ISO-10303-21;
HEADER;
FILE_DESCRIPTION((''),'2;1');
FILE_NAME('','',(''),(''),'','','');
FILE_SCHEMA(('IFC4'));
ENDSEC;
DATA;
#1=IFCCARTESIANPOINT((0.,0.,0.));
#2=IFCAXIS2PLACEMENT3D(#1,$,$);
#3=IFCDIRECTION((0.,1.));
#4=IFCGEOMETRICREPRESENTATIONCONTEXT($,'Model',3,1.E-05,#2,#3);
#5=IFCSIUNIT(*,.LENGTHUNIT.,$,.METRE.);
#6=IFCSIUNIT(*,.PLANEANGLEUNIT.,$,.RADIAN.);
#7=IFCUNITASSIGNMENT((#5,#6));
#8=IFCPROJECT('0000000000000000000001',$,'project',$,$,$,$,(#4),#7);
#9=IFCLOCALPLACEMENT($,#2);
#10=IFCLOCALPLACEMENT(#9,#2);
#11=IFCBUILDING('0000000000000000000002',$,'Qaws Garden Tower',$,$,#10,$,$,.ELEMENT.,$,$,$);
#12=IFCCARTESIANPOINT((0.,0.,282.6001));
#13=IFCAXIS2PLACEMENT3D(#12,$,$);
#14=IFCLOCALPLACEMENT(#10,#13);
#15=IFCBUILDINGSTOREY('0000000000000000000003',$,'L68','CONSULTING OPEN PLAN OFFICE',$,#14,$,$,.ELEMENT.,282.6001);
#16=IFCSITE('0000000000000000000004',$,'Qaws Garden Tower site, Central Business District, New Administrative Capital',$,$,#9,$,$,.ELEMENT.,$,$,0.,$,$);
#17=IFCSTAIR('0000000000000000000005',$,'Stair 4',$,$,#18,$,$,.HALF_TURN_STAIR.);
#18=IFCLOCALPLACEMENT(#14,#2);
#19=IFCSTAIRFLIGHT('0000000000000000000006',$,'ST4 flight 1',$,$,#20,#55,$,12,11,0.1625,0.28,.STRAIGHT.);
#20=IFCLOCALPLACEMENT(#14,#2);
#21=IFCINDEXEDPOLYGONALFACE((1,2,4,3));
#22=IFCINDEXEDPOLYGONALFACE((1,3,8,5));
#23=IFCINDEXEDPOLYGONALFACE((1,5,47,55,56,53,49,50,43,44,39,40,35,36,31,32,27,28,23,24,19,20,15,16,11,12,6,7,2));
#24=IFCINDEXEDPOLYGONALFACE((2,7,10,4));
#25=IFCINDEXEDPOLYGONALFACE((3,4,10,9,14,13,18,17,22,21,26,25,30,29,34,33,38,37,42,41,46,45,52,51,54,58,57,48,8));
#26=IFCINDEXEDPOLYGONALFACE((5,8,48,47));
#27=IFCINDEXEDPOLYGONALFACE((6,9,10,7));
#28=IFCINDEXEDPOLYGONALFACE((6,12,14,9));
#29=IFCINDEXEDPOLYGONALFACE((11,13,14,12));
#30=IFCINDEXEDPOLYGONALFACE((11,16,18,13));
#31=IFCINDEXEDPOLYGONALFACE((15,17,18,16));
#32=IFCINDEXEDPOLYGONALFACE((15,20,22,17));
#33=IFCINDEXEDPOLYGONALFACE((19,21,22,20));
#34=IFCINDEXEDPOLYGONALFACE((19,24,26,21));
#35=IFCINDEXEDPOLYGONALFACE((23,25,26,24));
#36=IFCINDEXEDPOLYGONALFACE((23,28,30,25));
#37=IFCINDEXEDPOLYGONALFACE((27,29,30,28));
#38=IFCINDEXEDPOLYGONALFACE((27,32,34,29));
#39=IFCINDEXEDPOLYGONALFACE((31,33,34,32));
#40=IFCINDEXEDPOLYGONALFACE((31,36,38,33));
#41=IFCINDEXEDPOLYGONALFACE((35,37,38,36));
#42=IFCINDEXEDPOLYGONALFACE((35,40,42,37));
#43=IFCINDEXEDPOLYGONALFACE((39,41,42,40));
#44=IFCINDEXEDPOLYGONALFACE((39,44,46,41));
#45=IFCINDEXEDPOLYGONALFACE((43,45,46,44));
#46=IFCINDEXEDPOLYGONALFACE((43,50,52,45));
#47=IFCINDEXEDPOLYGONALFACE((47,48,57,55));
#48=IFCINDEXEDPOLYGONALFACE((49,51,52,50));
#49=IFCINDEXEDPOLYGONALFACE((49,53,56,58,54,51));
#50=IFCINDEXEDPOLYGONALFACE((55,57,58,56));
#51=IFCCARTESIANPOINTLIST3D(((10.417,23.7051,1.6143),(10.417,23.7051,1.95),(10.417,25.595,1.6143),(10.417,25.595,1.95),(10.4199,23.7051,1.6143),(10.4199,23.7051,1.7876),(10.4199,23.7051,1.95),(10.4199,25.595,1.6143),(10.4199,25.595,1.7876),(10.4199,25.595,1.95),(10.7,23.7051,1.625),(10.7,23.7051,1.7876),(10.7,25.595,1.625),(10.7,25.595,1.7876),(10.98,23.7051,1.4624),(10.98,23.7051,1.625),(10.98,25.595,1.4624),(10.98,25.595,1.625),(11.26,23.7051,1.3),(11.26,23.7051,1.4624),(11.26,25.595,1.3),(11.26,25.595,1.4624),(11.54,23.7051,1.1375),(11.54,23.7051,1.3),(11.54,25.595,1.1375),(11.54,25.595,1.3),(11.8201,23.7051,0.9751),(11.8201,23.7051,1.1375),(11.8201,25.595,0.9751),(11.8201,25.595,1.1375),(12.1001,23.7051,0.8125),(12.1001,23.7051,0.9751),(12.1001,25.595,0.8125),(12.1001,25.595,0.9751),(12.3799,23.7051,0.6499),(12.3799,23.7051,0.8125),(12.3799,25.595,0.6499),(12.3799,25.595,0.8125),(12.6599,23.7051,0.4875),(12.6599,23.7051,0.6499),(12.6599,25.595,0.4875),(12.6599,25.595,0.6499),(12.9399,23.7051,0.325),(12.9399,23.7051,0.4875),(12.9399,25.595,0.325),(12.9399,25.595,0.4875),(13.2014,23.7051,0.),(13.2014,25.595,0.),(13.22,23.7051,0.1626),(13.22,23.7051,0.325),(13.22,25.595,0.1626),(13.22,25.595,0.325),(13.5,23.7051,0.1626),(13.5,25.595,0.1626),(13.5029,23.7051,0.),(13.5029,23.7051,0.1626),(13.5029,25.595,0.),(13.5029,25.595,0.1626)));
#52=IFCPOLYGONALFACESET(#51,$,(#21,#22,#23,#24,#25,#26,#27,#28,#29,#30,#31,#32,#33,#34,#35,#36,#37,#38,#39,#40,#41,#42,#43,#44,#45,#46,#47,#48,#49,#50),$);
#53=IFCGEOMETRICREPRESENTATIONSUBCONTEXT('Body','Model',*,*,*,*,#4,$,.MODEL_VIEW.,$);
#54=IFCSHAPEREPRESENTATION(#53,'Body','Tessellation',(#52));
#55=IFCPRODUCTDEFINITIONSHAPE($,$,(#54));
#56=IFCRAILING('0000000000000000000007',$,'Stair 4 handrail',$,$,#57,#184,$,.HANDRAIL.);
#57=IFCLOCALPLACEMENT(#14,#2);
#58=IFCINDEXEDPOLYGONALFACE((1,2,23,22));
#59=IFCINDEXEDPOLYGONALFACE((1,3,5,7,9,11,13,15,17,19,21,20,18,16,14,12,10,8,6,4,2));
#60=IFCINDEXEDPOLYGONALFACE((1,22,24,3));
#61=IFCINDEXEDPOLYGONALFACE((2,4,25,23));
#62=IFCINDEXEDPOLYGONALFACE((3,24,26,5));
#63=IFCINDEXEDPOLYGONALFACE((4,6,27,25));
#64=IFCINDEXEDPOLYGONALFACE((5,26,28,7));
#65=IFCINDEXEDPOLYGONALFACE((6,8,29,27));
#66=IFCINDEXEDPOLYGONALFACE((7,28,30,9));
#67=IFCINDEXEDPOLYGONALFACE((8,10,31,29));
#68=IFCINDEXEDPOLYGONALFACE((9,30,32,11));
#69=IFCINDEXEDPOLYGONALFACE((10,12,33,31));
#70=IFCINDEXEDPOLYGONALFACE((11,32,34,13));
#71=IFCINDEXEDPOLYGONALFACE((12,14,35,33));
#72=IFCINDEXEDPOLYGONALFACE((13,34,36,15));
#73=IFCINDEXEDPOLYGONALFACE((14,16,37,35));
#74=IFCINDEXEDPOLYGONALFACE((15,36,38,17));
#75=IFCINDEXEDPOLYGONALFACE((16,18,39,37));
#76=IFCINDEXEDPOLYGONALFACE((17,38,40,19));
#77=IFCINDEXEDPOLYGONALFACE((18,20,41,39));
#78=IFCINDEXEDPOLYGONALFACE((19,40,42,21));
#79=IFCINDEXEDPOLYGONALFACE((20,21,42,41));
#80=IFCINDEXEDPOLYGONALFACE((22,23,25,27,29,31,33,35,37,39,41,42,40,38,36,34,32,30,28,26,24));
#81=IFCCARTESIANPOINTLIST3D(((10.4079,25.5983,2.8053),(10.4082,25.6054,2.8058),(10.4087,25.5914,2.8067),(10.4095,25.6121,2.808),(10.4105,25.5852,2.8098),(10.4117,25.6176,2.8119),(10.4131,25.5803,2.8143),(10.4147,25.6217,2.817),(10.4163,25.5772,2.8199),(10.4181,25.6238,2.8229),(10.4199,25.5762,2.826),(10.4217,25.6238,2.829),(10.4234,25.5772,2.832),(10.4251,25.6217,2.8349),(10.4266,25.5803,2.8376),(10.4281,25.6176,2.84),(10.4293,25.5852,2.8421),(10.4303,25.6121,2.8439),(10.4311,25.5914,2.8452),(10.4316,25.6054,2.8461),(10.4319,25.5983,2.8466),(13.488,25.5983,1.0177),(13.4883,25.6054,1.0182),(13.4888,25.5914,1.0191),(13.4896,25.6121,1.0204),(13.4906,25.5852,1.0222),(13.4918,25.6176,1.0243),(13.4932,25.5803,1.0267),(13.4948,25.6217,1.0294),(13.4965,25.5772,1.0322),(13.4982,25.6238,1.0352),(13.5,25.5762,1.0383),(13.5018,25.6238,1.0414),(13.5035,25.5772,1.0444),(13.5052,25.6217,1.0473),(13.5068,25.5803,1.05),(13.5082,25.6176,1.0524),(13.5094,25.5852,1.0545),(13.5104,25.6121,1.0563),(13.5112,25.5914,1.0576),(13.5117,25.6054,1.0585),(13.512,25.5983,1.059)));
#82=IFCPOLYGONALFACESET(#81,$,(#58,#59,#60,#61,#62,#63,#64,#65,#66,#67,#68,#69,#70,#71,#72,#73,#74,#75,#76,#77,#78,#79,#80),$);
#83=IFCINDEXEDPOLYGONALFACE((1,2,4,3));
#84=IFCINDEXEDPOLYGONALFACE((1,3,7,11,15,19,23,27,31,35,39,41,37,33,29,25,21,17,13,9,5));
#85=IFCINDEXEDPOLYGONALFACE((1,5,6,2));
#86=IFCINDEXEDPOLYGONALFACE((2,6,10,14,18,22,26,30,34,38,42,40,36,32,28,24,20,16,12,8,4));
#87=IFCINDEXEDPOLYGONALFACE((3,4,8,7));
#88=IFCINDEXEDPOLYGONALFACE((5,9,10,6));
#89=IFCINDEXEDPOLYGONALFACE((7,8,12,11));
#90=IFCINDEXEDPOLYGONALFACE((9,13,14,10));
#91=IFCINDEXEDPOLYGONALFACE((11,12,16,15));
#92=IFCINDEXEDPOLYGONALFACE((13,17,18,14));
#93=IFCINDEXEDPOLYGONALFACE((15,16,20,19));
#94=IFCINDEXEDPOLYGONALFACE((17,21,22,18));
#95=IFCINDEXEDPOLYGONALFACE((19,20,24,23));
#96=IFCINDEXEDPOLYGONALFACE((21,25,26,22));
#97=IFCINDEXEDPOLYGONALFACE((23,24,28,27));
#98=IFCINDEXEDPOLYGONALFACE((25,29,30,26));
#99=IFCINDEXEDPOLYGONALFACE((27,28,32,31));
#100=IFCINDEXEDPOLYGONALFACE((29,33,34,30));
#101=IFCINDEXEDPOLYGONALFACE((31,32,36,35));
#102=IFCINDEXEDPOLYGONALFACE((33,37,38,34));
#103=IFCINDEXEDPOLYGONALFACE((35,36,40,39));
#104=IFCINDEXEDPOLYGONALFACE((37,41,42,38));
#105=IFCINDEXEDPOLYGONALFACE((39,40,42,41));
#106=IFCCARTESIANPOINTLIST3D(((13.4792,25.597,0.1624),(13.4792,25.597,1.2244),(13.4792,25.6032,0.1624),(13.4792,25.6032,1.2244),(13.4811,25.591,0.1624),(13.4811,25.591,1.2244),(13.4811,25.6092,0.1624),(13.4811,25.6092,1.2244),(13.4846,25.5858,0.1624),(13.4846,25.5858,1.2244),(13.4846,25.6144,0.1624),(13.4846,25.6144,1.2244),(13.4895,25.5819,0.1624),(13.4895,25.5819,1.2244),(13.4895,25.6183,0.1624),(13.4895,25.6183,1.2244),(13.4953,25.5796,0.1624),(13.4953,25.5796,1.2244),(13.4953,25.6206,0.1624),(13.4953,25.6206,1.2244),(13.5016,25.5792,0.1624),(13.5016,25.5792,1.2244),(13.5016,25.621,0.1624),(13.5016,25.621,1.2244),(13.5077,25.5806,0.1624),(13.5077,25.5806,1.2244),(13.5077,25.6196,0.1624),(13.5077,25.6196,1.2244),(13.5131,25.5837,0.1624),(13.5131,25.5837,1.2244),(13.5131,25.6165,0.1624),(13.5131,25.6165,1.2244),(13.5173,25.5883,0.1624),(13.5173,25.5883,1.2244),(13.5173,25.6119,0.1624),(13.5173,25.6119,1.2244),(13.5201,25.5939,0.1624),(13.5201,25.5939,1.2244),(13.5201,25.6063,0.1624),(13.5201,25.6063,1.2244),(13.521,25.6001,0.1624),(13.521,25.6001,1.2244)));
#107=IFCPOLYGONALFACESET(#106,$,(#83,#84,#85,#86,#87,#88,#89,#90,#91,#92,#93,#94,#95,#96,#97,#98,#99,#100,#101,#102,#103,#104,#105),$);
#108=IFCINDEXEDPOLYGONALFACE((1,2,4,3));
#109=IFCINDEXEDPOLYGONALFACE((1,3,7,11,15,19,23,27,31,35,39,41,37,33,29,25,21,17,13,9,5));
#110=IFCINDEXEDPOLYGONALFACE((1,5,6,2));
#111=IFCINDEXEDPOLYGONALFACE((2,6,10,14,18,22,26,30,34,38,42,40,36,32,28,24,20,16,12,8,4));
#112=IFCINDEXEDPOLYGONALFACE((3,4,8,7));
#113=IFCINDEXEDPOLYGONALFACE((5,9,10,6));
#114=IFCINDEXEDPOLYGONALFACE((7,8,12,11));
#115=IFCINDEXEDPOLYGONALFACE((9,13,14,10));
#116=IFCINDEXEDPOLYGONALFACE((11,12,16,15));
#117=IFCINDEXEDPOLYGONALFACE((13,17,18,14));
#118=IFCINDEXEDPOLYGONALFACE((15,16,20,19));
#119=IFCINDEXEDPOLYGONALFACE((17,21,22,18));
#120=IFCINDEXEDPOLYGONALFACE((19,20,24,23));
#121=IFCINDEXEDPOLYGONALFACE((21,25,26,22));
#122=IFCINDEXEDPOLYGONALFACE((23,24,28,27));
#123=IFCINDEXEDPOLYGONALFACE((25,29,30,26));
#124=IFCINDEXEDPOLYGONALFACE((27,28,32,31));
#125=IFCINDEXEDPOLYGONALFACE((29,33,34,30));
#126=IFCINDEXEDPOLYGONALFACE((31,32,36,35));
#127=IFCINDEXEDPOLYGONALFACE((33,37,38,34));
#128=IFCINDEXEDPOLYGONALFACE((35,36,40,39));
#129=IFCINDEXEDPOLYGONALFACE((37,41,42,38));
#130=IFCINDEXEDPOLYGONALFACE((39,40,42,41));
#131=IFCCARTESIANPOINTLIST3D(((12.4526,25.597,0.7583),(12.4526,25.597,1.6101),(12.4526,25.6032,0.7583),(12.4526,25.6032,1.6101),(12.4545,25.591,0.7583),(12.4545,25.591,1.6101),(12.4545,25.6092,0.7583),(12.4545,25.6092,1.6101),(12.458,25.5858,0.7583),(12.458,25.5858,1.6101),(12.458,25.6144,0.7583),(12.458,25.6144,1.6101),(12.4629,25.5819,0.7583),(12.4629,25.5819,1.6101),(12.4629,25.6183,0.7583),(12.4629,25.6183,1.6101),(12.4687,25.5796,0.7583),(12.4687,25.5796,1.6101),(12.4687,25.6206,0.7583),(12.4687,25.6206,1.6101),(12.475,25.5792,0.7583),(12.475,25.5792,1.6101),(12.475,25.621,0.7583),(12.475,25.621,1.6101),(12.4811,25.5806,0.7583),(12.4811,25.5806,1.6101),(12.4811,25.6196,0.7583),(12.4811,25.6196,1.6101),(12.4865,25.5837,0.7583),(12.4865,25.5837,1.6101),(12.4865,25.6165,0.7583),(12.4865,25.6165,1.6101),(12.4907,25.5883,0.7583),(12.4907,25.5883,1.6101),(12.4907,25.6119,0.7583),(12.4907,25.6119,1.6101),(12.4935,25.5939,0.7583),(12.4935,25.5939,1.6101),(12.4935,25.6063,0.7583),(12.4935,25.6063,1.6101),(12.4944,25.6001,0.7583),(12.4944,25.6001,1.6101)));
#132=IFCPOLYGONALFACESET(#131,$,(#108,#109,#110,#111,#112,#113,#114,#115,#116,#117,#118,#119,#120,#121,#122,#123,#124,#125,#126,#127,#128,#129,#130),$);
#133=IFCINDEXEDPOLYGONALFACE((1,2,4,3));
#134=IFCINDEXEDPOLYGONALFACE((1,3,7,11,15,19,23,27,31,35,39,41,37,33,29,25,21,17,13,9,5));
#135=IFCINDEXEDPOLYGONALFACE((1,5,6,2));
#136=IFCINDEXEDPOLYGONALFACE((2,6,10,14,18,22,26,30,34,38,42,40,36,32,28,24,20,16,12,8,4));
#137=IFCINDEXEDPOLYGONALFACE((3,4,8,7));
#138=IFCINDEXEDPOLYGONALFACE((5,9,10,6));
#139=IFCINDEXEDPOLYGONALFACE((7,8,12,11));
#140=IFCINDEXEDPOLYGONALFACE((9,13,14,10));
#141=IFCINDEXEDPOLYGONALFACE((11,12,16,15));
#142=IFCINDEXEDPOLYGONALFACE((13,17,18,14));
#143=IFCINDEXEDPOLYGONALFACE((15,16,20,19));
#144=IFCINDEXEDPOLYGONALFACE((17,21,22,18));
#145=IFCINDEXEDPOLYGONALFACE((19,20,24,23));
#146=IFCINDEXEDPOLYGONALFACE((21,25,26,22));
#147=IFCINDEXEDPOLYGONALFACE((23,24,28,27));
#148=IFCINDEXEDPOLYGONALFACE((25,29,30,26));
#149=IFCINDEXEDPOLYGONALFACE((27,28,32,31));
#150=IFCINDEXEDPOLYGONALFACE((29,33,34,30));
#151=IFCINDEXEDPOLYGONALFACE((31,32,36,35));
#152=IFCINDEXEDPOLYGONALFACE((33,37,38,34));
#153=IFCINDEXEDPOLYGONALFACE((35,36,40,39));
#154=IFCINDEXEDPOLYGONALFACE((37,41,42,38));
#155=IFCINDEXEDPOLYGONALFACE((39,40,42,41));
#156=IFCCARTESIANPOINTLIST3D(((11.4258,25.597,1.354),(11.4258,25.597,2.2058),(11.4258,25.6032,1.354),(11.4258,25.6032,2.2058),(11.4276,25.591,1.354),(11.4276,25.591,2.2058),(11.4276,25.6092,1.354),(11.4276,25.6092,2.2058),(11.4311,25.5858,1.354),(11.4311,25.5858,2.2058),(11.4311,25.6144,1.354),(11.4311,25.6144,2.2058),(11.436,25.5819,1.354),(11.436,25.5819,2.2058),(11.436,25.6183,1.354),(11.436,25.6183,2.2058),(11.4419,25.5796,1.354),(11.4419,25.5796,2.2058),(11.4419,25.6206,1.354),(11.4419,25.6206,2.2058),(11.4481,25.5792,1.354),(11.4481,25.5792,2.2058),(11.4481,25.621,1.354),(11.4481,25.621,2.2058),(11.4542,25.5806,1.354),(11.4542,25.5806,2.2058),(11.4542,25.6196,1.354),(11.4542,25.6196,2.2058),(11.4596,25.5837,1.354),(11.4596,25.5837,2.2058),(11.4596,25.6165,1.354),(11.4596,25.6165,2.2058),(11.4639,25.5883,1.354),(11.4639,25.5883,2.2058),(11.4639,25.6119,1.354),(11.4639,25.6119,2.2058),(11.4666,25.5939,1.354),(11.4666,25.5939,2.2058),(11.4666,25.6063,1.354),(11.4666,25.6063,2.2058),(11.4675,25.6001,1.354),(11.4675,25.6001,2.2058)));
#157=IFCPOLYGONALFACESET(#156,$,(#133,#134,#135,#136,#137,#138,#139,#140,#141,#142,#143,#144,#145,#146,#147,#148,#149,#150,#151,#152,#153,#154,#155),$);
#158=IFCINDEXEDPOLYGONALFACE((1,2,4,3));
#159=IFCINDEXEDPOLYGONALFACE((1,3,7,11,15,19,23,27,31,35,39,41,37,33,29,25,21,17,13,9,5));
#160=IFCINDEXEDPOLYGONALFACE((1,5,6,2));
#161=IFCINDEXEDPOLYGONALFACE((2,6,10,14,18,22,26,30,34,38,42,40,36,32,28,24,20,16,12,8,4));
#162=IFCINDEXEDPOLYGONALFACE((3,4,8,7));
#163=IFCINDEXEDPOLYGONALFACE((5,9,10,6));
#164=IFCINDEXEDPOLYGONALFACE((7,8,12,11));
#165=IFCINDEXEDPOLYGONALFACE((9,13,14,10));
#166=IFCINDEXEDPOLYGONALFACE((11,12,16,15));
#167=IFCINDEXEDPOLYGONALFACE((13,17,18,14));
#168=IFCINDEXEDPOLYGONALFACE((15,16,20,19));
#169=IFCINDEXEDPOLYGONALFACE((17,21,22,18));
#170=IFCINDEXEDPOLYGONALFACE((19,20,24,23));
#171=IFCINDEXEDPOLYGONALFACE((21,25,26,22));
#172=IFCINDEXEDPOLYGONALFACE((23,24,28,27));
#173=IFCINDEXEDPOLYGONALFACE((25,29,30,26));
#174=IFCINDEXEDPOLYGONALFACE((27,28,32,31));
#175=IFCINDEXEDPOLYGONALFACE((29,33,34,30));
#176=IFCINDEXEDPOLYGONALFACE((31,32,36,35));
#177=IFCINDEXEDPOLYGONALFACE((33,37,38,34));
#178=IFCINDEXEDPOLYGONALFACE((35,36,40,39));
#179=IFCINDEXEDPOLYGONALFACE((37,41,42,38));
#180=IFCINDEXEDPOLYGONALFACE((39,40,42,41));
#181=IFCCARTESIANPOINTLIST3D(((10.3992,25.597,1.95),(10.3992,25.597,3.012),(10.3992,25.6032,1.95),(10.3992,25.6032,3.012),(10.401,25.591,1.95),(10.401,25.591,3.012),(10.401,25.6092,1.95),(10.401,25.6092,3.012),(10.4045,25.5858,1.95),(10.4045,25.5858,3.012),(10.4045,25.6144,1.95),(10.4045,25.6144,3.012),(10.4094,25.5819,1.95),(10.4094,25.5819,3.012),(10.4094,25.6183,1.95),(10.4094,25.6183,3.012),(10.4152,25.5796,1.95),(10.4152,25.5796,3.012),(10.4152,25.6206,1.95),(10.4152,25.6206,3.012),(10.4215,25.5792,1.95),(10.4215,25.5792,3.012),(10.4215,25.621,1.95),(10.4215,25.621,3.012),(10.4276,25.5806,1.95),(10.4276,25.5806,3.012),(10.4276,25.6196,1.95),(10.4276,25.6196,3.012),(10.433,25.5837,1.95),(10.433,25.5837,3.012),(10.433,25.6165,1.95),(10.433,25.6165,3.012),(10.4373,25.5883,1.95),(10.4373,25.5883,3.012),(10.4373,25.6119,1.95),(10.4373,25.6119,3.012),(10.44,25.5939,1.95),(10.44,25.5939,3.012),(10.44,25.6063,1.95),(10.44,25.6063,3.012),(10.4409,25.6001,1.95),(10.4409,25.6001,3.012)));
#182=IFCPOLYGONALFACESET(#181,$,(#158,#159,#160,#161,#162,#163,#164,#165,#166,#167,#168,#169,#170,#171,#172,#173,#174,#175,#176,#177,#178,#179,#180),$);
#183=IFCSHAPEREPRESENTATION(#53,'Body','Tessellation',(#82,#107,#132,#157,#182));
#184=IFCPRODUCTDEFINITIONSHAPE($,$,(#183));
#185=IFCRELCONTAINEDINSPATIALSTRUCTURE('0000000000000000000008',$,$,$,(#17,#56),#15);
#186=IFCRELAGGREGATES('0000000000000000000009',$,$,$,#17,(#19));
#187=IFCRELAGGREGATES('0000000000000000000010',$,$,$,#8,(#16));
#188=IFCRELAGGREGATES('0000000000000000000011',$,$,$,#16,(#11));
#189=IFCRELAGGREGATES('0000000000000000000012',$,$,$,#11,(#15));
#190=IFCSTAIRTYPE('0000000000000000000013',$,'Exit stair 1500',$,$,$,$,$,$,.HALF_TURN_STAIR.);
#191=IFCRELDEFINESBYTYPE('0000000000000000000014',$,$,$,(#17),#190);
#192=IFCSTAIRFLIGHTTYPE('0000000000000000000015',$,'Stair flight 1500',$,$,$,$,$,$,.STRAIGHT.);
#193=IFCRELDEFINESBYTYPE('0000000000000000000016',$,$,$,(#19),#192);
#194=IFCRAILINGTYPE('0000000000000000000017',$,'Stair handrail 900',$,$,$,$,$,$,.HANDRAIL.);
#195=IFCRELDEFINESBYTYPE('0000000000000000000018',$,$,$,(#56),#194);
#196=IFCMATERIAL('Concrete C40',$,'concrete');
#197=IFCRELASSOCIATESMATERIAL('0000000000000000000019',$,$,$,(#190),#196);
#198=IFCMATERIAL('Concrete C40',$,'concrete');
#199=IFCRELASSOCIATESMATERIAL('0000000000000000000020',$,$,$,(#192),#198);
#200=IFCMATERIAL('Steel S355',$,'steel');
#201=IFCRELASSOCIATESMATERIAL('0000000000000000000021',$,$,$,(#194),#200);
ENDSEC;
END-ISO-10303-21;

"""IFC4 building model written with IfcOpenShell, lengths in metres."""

from ifc_helpers import new_model, si_unit, direction, frame, origin, origin_2d, place, context, subcontext, project, spatial, polyline, circle, outline, extrude, material, type_object, element, aggregate, save


model = new_model("IFC4")

# Units and contexts
model_context = context("Model", 3, precision=1e-05, world=origin(), true_north=direction((0.0, 1.0)))
body_context = subcontext(model_context, "Body", "Model", "MODEL_VIEW")
ifc_project = project(units=[si_unit("LENGTHUNIT", "METRE"), si_unit("PLANEANGLEUNIT", "RADIAN")], contexts=[model_context])

# Site, building, storey
site_placement = place(None, origin())
site = spatial("IfcSite", under=ifc_project, at=site_placement, Name="Qaws Garden Tower site, Central Business District, New Administrative Capital", CompositionType="ELEMENT", RefElevation=0.0)
building_placement = place(site_placement, origin())
building = spatial("IfcBuilding", under=site, at=building_placement, Name="Qaws Garden Tower", CompositionType="ELEMENT")
storey_placement = place(building_placement, frame((0.0, 0.0, 282.6001)))
storey = spatial("IfcBuildingStorey", under=building, at=storey_placement, Name="L68", Description="CONSULTING OPEN PLAN OFFICE", CompositionType="ELEMENT", Elevation=282.6001)

# Stair, stair flight
ifc_material_1 = material(Name="Concrete C40", Category="concrete")
stair_type = type_object("IfcStairType", Name="Exit stair 1500", PredefinedType="HALF_TURN_STAIR", material=ifc_material_1)
stair_placement = place(storey_placement, origin())
stair = element("IfcStair", 1, at=stair_placement, inside=storey, type_object=stair_type, Name="Stair 4", PredefinedType="HALF_TURN_STAIR")
ifc_material_2 = material(Name="Concrete C40", Category="concrete")
stair_flight_type = type_object("IfcStairFlightType", Name="Stair flight 1500", PredefinedType="STRAIGHT", material=ifc_material_2)
stair_flight_placement = place(storey_placement, frame((13.5, 24.6499, 0.0), z_axis=(0.0, 0.0, 1.0), x_axis=(-1.0, 0.0, 0.0)))
stair_flight = element("IfcStairFlight", 2, at=stair_flight_placement, type_object=stair_flight_type, Name="ST4 flight 1", NumberOfRisers=12, NumberOfTreads=11, PredefinedType="STRAIGHT", RiserHeight=0.1625, TreadLength=0.28, context=body_context, shape_type="SweptSolid", body=[
    extrude(outline(polyline([(-0.0029, 0.0), (-0.0029, 0.1626), (0.0, 0.1626), (0.28, 0.1626), (0.28, 0.325), (0.5601, 0.325), (0.5601, 0.4875), (0.8401, 0.4875), (0.8401, 0.6499), (1.1201, 0.6499), (1.1201, 0.8125), (1.3999, 0.8125), (1.3999, 0.9751), (1.6799, 0.9751), (1.6799, 1.1375), (1.96, 1.1375), (1.96, 1.3), (2.24, 1.3), (2.24, 1.4624), (2.52, 1.4624), (2.52, 1.625), (2.8, 1.625), (2.8, 1.7876), (3.0801, 1.7876), (3.0801, 1.95), (3.083, 1.95), (3.083, 1.6143), (3.0801, 1.6143), (0.2986, 0.0), (-0.0029, 0.0)])), frame((0.0, 0.9448, 0.0), z_axis=(0.0, -1.0, 0.0), x_axis=(1.0, 0.0, 0.0)), (0.0, 0.0, 1.0), 1.8899),
])
aggregate(stair, [stair_flight])

# Railing
ifc_material_3 = material(Name="Steel S355", Category="steel")
railing_type = type_object("IfcRailingType", Name="Stair handrail 900", PredefinedType="HANDRAIL", material=ifc_material_3)
railing_1_placement = place(storey_placement, frame((13.5, 25.6001, 0.1624)))
element("IfcRailing", 3, at=railing_1_placement, inside=storey, type_object=railing_type, Name="Stair 4 handrail", PredefinedType="HANDRAIL", context=body_context, shape_type="SweptSolid", body=[
    extrude(circle(Radius=0.0239, at=origin_2d()), frame((0.0, 0.0, 0.876), z_axis=(-0.864891, 0.0, 0.50196), x_axis=(0.0, -1.0, 0.0)), (0.0, 0.0, 1.0), 3.5613),
    extrude(circle(Radius=0.021, at=origin_2d()), origin(), (0.0, 0.0, 1.0), 1.062),
    extrude(circle(Radius=0.021, at=origin_2d()), frame((-1.0266, 0.0, 0.5959)), (0.0, 0.0, 1.0), 0.8518),
    extrude(circle(Radius=0.021, at=origin_2d()), frame((-2.0535, 0.0, 1.1917)), (0.0, 0.0, 1.0), 0.8518),
    extrude(circle(Radius=0.021, at=origin_2d()), frame((-3.0801, 0.0, 1.7876)), (0.0, 0.0, 1.0), 1.062),
])

save(model, "model.ifc")
